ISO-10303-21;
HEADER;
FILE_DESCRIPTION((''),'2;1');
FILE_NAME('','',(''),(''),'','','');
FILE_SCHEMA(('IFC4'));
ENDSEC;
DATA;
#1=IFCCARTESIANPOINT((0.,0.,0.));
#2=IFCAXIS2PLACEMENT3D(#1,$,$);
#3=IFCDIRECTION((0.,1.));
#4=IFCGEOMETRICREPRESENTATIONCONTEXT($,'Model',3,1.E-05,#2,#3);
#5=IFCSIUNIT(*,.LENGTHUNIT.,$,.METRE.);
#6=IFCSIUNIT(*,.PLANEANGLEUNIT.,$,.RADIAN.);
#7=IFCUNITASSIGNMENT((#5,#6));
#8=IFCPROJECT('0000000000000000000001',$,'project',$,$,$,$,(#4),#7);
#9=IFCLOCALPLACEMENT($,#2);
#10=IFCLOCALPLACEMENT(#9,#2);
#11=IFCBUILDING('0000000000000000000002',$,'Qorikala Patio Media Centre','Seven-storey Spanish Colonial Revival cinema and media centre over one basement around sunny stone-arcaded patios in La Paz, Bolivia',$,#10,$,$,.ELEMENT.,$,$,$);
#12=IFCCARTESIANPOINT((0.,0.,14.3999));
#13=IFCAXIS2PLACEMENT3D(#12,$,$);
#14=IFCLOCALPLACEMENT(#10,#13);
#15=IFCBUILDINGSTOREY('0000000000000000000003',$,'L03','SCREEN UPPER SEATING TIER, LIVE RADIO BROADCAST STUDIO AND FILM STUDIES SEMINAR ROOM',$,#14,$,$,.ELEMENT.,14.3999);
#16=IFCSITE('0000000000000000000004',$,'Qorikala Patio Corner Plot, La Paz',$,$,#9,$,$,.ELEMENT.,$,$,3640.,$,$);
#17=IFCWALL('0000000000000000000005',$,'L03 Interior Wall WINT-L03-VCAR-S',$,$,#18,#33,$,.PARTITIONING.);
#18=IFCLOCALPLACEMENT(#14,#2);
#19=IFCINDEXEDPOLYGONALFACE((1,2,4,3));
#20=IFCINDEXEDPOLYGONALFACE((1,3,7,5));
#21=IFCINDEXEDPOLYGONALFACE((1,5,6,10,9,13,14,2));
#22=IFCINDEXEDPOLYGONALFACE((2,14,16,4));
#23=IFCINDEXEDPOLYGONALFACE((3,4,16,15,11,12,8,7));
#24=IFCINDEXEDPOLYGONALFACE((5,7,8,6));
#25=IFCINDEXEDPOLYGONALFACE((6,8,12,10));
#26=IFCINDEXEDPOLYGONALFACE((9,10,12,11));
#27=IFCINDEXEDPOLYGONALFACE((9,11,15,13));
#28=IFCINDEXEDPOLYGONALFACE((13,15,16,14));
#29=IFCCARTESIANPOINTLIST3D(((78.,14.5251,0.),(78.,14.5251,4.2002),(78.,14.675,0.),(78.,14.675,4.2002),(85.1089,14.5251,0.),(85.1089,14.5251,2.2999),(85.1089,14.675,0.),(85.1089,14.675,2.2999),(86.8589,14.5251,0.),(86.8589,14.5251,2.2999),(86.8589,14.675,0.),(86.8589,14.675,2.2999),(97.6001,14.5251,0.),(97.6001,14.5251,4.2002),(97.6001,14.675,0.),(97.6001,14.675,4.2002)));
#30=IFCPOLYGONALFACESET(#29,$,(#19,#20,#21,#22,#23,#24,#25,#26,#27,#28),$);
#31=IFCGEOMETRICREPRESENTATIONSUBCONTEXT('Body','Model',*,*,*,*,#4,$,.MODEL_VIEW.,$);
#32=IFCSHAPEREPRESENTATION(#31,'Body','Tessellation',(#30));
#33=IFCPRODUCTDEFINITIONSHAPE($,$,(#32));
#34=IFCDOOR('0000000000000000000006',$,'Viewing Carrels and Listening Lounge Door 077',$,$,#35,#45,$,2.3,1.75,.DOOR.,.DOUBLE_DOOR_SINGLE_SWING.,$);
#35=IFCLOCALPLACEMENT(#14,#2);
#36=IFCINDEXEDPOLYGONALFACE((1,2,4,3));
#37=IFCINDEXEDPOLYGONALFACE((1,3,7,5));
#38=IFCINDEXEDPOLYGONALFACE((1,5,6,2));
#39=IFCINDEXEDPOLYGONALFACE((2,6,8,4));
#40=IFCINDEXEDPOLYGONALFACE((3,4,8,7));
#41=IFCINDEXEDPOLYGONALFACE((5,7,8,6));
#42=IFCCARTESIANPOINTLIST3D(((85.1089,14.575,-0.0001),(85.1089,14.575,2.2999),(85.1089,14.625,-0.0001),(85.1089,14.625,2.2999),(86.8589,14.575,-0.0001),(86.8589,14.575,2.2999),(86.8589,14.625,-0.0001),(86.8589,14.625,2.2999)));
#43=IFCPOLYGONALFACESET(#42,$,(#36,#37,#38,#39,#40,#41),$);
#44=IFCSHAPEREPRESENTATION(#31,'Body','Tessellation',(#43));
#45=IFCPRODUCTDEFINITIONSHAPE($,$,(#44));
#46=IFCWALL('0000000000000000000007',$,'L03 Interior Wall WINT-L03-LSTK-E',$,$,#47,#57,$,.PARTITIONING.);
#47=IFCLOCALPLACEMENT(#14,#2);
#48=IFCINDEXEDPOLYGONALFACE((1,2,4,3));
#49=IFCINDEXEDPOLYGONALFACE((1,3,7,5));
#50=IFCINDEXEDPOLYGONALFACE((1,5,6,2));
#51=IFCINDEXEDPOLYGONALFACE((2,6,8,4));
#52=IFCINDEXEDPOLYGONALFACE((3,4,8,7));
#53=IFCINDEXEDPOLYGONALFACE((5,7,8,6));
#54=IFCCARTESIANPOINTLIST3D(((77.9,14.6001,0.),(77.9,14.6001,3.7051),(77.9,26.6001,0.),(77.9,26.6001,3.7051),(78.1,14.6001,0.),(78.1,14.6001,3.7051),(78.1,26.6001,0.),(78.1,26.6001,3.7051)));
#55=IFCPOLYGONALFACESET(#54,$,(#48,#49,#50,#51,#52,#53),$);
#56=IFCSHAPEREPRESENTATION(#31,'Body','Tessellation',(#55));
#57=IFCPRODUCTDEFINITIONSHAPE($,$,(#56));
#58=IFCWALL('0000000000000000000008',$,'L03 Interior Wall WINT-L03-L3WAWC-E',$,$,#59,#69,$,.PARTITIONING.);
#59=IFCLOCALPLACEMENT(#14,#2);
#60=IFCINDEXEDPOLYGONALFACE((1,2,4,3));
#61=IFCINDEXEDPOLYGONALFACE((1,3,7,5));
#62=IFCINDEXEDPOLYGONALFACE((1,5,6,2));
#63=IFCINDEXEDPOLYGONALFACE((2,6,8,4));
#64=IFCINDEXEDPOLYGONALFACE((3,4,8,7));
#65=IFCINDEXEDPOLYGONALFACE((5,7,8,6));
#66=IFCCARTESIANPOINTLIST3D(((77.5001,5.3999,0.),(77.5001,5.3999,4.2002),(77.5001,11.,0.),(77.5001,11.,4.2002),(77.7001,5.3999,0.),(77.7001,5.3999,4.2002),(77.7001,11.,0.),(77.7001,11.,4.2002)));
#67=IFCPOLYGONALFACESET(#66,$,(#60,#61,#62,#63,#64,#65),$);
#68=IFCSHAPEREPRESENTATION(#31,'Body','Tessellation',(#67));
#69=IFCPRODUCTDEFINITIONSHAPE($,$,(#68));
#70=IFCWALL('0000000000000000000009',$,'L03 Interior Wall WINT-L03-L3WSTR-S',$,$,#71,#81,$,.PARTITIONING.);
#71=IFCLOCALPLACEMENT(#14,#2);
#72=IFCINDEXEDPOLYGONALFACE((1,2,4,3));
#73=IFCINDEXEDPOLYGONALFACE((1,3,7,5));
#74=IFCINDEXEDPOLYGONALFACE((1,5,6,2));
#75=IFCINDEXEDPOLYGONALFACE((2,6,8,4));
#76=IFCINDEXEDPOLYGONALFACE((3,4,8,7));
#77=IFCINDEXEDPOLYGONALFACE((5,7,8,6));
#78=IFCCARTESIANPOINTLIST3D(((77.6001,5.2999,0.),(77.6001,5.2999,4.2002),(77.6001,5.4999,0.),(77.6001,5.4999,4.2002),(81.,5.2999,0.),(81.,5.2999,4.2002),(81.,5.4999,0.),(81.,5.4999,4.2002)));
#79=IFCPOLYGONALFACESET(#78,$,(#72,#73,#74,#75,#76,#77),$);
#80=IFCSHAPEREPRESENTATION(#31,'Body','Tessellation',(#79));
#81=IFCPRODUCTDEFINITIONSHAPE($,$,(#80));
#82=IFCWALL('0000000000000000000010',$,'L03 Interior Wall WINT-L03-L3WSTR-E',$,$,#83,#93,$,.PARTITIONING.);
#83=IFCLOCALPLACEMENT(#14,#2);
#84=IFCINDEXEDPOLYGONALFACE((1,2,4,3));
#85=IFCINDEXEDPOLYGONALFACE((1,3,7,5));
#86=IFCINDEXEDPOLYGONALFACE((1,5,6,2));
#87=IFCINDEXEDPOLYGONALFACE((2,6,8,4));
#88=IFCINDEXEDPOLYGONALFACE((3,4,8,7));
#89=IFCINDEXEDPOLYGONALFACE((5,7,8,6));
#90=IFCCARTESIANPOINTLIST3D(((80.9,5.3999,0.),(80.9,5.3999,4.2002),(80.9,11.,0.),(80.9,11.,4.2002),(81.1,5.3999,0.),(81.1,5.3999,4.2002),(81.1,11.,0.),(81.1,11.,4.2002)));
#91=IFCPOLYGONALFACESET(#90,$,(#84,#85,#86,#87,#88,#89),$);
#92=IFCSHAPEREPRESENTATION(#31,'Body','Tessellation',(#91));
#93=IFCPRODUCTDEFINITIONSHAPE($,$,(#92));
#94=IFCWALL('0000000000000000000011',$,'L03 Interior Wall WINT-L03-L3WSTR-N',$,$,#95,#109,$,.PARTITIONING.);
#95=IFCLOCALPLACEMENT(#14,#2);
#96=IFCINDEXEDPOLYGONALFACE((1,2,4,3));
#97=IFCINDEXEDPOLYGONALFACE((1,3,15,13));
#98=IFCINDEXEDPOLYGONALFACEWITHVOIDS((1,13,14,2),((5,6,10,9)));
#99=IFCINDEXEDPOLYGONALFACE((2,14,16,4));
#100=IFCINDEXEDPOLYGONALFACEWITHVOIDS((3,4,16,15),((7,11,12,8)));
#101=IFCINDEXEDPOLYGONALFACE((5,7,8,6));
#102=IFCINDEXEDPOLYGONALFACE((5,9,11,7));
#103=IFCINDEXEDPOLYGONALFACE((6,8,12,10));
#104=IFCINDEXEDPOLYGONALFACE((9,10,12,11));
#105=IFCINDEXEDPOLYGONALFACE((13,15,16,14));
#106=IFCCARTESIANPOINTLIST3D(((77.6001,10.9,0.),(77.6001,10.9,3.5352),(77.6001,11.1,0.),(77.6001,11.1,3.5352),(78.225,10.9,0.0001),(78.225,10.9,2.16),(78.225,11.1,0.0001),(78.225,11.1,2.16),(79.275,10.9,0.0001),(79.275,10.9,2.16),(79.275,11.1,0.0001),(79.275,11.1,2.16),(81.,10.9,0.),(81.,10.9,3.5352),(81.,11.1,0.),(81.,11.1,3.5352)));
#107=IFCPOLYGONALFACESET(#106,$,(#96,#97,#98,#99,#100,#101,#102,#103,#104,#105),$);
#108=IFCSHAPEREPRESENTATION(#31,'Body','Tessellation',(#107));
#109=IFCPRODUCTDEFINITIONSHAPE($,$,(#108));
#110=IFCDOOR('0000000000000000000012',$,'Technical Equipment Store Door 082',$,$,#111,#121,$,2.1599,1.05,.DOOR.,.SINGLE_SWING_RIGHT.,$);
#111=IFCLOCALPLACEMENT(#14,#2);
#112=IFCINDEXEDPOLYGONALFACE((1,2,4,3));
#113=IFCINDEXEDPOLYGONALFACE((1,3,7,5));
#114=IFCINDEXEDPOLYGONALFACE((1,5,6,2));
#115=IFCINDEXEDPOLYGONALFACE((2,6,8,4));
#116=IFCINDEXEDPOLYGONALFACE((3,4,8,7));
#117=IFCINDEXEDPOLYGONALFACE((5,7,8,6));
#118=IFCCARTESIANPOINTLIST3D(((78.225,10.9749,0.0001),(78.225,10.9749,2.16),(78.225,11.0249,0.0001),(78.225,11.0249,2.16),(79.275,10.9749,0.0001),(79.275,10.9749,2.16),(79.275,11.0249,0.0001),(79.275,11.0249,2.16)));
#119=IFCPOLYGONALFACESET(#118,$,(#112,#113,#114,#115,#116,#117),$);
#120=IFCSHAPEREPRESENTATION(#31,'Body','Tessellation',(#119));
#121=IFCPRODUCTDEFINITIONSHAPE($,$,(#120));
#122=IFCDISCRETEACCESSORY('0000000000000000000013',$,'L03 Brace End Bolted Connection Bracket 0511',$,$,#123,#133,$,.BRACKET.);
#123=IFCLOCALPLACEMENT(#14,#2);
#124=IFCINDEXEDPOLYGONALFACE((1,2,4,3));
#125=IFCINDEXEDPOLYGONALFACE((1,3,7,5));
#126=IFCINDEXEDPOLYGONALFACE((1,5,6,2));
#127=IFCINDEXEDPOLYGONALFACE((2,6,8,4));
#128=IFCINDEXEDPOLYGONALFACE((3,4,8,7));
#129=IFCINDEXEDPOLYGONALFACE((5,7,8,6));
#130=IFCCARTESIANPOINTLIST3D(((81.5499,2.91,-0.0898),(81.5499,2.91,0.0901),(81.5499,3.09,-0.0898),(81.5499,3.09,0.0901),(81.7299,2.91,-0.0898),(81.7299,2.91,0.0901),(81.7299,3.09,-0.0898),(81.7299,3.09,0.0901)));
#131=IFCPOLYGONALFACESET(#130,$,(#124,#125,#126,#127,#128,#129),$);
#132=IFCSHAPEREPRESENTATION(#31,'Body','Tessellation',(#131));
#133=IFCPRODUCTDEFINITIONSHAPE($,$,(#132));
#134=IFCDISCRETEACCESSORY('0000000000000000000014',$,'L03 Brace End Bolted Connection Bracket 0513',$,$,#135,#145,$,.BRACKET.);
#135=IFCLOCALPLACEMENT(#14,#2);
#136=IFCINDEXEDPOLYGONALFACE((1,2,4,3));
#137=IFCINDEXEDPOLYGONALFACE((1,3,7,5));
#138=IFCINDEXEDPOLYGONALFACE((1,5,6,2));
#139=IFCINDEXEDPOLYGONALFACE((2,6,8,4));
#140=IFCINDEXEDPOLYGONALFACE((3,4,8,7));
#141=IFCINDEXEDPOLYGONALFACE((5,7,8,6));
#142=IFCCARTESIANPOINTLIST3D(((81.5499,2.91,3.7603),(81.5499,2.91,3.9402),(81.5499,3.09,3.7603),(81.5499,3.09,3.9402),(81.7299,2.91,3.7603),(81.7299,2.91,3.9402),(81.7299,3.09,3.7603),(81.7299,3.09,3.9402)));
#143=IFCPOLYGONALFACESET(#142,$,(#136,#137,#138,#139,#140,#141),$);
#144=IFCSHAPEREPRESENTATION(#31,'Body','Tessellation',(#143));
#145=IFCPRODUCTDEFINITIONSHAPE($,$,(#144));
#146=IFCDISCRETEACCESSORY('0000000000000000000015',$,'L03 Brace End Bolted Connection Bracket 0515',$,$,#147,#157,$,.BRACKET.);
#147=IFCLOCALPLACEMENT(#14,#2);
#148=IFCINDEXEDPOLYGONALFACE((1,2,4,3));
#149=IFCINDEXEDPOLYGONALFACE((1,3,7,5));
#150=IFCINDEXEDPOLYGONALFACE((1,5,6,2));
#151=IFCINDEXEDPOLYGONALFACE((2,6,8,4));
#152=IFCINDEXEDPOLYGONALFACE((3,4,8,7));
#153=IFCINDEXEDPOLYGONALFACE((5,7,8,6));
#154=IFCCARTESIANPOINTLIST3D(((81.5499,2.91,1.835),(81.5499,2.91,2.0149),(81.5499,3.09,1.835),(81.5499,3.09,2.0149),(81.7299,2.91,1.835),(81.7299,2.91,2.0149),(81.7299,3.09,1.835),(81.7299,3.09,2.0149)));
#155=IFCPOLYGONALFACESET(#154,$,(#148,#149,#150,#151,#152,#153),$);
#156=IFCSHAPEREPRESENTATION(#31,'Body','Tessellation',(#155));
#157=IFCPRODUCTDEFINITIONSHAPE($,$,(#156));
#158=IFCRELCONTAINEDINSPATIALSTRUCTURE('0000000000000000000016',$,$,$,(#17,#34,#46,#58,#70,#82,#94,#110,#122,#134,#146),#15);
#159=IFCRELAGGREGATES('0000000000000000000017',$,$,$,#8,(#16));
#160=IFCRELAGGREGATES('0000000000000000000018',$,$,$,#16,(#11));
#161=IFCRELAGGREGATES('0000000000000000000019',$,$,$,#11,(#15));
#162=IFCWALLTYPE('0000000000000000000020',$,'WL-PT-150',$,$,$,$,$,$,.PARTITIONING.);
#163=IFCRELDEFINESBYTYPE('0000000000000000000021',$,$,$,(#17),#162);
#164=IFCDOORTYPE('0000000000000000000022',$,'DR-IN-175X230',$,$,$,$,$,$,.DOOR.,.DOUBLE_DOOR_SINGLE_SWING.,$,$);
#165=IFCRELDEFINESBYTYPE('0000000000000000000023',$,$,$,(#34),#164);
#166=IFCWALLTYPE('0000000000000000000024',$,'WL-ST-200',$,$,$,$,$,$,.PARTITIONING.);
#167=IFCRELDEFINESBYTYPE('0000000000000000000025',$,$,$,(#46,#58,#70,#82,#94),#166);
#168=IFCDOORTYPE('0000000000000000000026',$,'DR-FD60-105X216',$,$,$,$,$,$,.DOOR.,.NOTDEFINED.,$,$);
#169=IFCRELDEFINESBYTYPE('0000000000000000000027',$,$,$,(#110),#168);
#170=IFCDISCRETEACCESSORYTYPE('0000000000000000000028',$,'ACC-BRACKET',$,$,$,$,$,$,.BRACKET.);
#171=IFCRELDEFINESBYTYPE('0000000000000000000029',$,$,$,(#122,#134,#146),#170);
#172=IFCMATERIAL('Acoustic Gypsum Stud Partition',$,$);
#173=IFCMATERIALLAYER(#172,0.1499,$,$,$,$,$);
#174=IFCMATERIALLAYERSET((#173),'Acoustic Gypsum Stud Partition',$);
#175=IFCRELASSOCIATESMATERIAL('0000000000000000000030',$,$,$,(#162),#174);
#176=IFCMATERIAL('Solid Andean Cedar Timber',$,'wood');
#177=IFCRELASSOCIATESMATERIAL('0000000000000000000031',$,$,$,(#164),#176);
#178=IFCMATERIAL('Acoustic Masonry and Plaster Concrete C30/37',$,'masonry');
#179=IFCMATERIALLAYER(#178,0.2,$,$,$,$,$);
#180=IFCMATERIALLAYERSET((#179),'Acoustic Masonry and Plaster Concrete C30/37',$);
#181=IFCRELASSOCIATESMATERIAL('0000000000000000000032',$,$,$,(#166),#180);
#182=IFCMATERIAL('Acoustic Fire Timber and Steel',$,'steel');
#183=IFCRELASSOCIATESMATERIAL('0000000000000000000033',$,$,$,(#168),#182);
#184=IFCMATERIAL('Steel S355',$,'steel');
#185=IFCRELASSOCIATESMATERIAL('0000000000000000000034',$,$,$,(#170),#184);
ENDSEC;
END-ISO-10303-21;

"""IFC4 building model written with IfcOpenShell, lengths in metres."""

from ifc_helpers import new_model, si_unit, direction, frame, frame_2d, origin, origin_2d, place, context, subcontext, project, spatial, rectangle, extrude, material, layer, layer_set, type_object, element, fill, save


model = new_model("IFC4")

# Units and contexts
model_context = context("Model", 3, precision=1e-05, world=origin(), true_north=direction((0.0, 1.0)))
body_context = subcontext(model_context, "Body", "Model", "MODEL_VIEW")
ifc_project = project(units=[si_unit("LENGTHUNIT", "METRE"), si_unit("PLANEANGLEUNIT", "RADIAN")], contexts=[model_context])

# Site, building, storey
site_placement = place(None, origin())
site = spatial("IfcSite", under=ifc_project, at=site_placement, Name="Qorikala Patio Corner Plot, La Paz", CompositionType="ELEMENT", RefElevation=3640.0)
building_placement = place(site_placement, origin())
building = spatial("IfcBuilding", under=site, at=building_placement, Name="Qorikala Patio Media Centre", Description="Seven-storey Spanish Colonial Revival cinema and media centre over one basement around sunny stone-arcaded patios in La Paz, Bolivia", CompositionType="ELEMENT")
storey_placement = place(building_placement, frame((0.0, 0.0, 14.3999)))
storey = spatial("IfcBuildingStorey", under=building, at=storey_placement, Name="L03", Description="SCREEN UPPER SEATING TIER, LIVE RADIO BROADCAST STUDIO AND FILM STUDIES SEMINAR ROOM", CompositionType="ELEMENT", Elevation=14.3999)

# Wall, opening, door
ifc_material_1 = material(Name="Acoustic Gypsum Stud Partition")
ifc_layer_1 = layer(ifc_material_1, 0.1499)
ifc_layer_set_1 = layer_set([ifc_layer_1], Name="Acoustic Gypsum Stud Partition")
wall_type_1 = type_object("IfcWallType", Name="WL-PT-150", PredefinedType="PARTITIONING", material=ifc_layer_set_1)
wall_1_placement = place(storey_placement, frame((78.0, 14.6001, 0.0), z_axis=(0.0, 0.0, 1.0), x_axis=(1.0, 0.0, 0.0)))
wall_1 = element("IfcWall", 1, at=wall_1_placement, inside=storey, type_object=wall_type_1, Name="L03 Interior Wall WINT-L03-VCAR-S", PredefinedType="PARTITIONING", context=body_context, shape_type="SweptSolid", body=[
    extrude(rectangle(XDim=19.6001, YDim=0.1499, at=frame_2d((9.8, 0.0))), origin(), (0.0, 0.0, 1.0), 4.2002),
])
opening_1_placement = place(wall_1_placement, frame((7.1089, 0.0, 0.0)))
opening_1 = element("IfcOpeningElement", 2, at=opening_1_placement, cuts=wall_1, PredefinedType="OPENING", context=body_context, shape_type="SweptSolid", body=[
    extrude(rectangle(XDim=1.75, YDim=2.3, at=frame_2d((0.875, 1.1499))), frame((0.0, 0.085, 0.0), z_axis=(0.0, -1.0, 0.0), x_axis=(1.0, 0.0, 0.0)), (0.0, 0.0, 1.0), 0.1699),
])
ifc_material_2 = material(Name="Solid Andean Cedar Timber", Category="wood")
door_type_1 = type_object("IfcDoorType", Name="DR-IN-175X230", OperationType="DOUBLE_DOOR_SINGLE_SWING", PredefinedType="DOOR", material=ifc_material_2)
door_1_placement = place(opening_1_placement, origin())
door_1 = element("IfcDoor", 3, at=door_1_placement, inside=storey, type_object=door_type_1, Name="Viewing Carrels and Listening Lounge Door 077", OperationType="DOUBLE_DOOR_SINGLE_SWING", OverallHeight=2.3, OverallWidth=1.75, PredefinedType="DOOR", context=body_context, shape_type="SweptSolid", body=[
    extrude(rectangle(XDim=1.75, YDim=2.3, at=frame_2d((0.875, 1.1499))), frame((0.0, 0.0249, 0.0), z_axis=(0.0, -1.0, 0.0), x_axis=(1.0, 0.0, 0.0)), (0.0, 0.0, 1.0), 0.05),
])
fill(opening_1, door_1)

# Walls
ifc_material_3 = material(Name="Acoustic Masonry and Plaster Concrete C30/37", Category="masonry")
ifc_layer_2 = layer(ifc_material_3, 0.2)
ifc_layer_set_2 = layer_set([ifc_layer_2], Name="Acoustic Masonry and Plaster Concrete C30/37")
wall_type_2 = type_object("IfcWallType", Name="WL-ST-200", PredefinedType="PARTITIONING", material=ifc_layer_set_2)
wall_2_placement = place(storey_placement, frame((78.0, 14.6001, 0.0), z_axis=(0.0, 0.0, 1.0), x_axis=(0.0, 1.0, 0.0)))
element("IfcWall", 4, at=wall_2_placement, inside=storey, type_object=wall_type_2, Name="L03 Interior Wall WINT-L03-LSTK-E", PredefinedType="PARTITIONING", context=body_context, shape_type="SweptSolid", body=[
    extrude(rectangle(XDim=12.0, YDim=0.2, at=frame_2d((6.0, 0.0))), origin(), (0.0, 0.0, 1.0), 3.7051),
])
wall_3_placement = place(storey_placement, frame((77.6001, 5.3999, 0.0), z_axis=(0.0, 0.0, 1.0), x_axis=(0.0, 1.0, 0.0)))
element("IfcWall", 5, at=wall_3_placement, inside=storey, type_object=wall_type_2, Name="L03 Interior Wall WINT-L03-L3WAWC-E", PredefinedType="PARTITIONING", context=body_context, shape_type="SweptSolid", body=[
    extrude(rectangle(XDim=5.6001, YDim=0.2, at=frame_2d((2.8, 0.0))), origin(), (0.0, 0.0, 1.0), 4.2002),
])
wall_4_placement = place(storey_placement, frame((77.6001, 5.3999, 0.0), z_axis=(0.0, 0.0, 1.0), x_axis=(1.0, 0.0, 0.0)))
element("IfcWall", 6, at=wall_4_placement, inside=storey, type_object=wall_type_2, Name="L03 Interior Wall WINT-L03-L3WSTR-S", PredefinedType="PARTITIONING", context=body_context, shape_type="SweptSolid", body=[
    extrude(rectangle(XDim=3.3999, YDim=0.2, at=frame_2d((1.7, 0.0))), origin(), (0.0, 0.0, 1.0), 4.2002),
])
wall_5_placement = place(storey_placement, frame((81.0, 5.3999, 0.0), z_axis=(0.0, 0.0, 1.0), x_axis=(0.0, 1.0, 0.0)))
element("IfcWall", 7, at=wall_5_placement, inside=storey, type_object=wall_type_2, Name="L03 Interior Wall WINT-L03-L3WSTR-E", PredefinedType="PARTITIONING", context=body_context, shape_type="SweptSolid", body=[
    extrude(rectangle(XDim=5.6001, YDim=0.2, at=frame_2d((2.8, 0.0))), origin(), (0.0, 0.0, 1.0), 4.2002),
])

# Wall, opening, door
wall_6_placement = place(storey_placement, frame((77.6001, 11.0, 0.0), z_axis=(0.0, 0.0, 1.0), x_axis=(1.0, 0.0, 0.0)))
wall_6 = element("IfcWall", 8, at=wall_6_placement, inside=storey, type_object=wall_type_2, Name="L03 Interior Wall WINT-L03-L3WSTR-N", PredefinedType="PARTITIONING", context=body_context, shape_type="SweptSolid", body=[
    extrude(rectangle(XDim=3.3999, YDim=0.2, at=frame_2d((1.7, 0.0))), origin(), (0.0, 0.0, 1.0), 3.5352),
])
opening_2_placement = place(wall_6_placement, frame((0.625, 0.0, 0.0)))
opening_2 = element("IfcOpeningElement", 9, at=opening_2_placement, cuts=wall_6, PredefinedType="OPENING", context=body_context, shape_type="SweptSolid", body=[
    extrude(rectangle(XDim=1.05, YDim=2.1599, at=frame_2d((0.5249, 1.0801))), frame((0.0, 0.1099, 0.0), z_axis=(0.0, -1.0, 0.0), x_axis=(1.0, 0.0, 0.0)), (0.0, 0.0, 1.0), 0.22),
])
ifc_material_4 = material(Name="Acoustic Fire Timber and Steel", Category="steel")
door_type_2 = type_object("IfcDoorType", Name="DR-FD60-105X216", OperationType="NOTDEFINED", PredefinedType="DOOR", material=ifc_material_4)
door_2_placement = place(opening_2_placement, origin())
door_2 = element("IfcDoor", 10, at=door_2_placement, inside=storey, type_object=door_type_2, Name="Technical Equipment Store Door 082", OperationType="SINGLE_SWING_RIGHT", OverallHeight=2.1599, OverallWidth=1.05, PredefinedType="DOOR", context=body_context, shape_type="SweptSolid", body=[
    extrude(rectangle(XDim=1.05, YDim=2.1599, at=frame_2d((0.5249, 1.0801))), frame((0.0, 0.0249, 0.0), z_axis=(0.0, -1.0, 0.0), x_axis=(1.0, 0.0, 0.0)), (0.0, 0.0, 1.0), 0.05),
])
fill(opening_2, door_2)

# Discrete accessories
ifc_material_5 = material(Name="Steel S355", Category="steel")
discrete_accessory_type = type_object("IfcDiscreteAccessoryType", Name="ACC-BRACKET", PredefinedType="BRACKET", material=ifc_material_5)
for number, where, z_axis, x_axis, name in (
    (11, (81.6399, 3.0, -0.0898), (0.0, 0.0, 1.0), (1.0, 0.0, 0.0), "L03 Brace End Bolted Connection Bracket 0511"),
    (12, (81.6399, 3.0, 3.7603), (0.0, 0.0, 1.0), (1.0, 0.0, 0.0), "L03 Brace End Bolted Connection Bracket 0513"),
    (13, (81.6399, 3.0, 1.835), (0.0, 0.0, 1.0), (1.0, 0.0, 0.0), "L03 Brace End Bolted Connection Bracket 0515"),
):
    element("IfcDiscreteAccessory", number, at=place(storey_placement, frame(where, z_axis=z_axis, x_axis=x_axis)), inside=storey, type_object=discrete_accessory_type, Name=name, PredefinedType="BRACKET", context=body_context, shape_type="SweptSolid", body=[
        extrude(rectangle(XDim=0.1799, YDim=0.1799, at=origin_2d()), origin(), (0.0, 0.0, 1.0), 0.1799),
    ])

save(model, "model.ifc")
